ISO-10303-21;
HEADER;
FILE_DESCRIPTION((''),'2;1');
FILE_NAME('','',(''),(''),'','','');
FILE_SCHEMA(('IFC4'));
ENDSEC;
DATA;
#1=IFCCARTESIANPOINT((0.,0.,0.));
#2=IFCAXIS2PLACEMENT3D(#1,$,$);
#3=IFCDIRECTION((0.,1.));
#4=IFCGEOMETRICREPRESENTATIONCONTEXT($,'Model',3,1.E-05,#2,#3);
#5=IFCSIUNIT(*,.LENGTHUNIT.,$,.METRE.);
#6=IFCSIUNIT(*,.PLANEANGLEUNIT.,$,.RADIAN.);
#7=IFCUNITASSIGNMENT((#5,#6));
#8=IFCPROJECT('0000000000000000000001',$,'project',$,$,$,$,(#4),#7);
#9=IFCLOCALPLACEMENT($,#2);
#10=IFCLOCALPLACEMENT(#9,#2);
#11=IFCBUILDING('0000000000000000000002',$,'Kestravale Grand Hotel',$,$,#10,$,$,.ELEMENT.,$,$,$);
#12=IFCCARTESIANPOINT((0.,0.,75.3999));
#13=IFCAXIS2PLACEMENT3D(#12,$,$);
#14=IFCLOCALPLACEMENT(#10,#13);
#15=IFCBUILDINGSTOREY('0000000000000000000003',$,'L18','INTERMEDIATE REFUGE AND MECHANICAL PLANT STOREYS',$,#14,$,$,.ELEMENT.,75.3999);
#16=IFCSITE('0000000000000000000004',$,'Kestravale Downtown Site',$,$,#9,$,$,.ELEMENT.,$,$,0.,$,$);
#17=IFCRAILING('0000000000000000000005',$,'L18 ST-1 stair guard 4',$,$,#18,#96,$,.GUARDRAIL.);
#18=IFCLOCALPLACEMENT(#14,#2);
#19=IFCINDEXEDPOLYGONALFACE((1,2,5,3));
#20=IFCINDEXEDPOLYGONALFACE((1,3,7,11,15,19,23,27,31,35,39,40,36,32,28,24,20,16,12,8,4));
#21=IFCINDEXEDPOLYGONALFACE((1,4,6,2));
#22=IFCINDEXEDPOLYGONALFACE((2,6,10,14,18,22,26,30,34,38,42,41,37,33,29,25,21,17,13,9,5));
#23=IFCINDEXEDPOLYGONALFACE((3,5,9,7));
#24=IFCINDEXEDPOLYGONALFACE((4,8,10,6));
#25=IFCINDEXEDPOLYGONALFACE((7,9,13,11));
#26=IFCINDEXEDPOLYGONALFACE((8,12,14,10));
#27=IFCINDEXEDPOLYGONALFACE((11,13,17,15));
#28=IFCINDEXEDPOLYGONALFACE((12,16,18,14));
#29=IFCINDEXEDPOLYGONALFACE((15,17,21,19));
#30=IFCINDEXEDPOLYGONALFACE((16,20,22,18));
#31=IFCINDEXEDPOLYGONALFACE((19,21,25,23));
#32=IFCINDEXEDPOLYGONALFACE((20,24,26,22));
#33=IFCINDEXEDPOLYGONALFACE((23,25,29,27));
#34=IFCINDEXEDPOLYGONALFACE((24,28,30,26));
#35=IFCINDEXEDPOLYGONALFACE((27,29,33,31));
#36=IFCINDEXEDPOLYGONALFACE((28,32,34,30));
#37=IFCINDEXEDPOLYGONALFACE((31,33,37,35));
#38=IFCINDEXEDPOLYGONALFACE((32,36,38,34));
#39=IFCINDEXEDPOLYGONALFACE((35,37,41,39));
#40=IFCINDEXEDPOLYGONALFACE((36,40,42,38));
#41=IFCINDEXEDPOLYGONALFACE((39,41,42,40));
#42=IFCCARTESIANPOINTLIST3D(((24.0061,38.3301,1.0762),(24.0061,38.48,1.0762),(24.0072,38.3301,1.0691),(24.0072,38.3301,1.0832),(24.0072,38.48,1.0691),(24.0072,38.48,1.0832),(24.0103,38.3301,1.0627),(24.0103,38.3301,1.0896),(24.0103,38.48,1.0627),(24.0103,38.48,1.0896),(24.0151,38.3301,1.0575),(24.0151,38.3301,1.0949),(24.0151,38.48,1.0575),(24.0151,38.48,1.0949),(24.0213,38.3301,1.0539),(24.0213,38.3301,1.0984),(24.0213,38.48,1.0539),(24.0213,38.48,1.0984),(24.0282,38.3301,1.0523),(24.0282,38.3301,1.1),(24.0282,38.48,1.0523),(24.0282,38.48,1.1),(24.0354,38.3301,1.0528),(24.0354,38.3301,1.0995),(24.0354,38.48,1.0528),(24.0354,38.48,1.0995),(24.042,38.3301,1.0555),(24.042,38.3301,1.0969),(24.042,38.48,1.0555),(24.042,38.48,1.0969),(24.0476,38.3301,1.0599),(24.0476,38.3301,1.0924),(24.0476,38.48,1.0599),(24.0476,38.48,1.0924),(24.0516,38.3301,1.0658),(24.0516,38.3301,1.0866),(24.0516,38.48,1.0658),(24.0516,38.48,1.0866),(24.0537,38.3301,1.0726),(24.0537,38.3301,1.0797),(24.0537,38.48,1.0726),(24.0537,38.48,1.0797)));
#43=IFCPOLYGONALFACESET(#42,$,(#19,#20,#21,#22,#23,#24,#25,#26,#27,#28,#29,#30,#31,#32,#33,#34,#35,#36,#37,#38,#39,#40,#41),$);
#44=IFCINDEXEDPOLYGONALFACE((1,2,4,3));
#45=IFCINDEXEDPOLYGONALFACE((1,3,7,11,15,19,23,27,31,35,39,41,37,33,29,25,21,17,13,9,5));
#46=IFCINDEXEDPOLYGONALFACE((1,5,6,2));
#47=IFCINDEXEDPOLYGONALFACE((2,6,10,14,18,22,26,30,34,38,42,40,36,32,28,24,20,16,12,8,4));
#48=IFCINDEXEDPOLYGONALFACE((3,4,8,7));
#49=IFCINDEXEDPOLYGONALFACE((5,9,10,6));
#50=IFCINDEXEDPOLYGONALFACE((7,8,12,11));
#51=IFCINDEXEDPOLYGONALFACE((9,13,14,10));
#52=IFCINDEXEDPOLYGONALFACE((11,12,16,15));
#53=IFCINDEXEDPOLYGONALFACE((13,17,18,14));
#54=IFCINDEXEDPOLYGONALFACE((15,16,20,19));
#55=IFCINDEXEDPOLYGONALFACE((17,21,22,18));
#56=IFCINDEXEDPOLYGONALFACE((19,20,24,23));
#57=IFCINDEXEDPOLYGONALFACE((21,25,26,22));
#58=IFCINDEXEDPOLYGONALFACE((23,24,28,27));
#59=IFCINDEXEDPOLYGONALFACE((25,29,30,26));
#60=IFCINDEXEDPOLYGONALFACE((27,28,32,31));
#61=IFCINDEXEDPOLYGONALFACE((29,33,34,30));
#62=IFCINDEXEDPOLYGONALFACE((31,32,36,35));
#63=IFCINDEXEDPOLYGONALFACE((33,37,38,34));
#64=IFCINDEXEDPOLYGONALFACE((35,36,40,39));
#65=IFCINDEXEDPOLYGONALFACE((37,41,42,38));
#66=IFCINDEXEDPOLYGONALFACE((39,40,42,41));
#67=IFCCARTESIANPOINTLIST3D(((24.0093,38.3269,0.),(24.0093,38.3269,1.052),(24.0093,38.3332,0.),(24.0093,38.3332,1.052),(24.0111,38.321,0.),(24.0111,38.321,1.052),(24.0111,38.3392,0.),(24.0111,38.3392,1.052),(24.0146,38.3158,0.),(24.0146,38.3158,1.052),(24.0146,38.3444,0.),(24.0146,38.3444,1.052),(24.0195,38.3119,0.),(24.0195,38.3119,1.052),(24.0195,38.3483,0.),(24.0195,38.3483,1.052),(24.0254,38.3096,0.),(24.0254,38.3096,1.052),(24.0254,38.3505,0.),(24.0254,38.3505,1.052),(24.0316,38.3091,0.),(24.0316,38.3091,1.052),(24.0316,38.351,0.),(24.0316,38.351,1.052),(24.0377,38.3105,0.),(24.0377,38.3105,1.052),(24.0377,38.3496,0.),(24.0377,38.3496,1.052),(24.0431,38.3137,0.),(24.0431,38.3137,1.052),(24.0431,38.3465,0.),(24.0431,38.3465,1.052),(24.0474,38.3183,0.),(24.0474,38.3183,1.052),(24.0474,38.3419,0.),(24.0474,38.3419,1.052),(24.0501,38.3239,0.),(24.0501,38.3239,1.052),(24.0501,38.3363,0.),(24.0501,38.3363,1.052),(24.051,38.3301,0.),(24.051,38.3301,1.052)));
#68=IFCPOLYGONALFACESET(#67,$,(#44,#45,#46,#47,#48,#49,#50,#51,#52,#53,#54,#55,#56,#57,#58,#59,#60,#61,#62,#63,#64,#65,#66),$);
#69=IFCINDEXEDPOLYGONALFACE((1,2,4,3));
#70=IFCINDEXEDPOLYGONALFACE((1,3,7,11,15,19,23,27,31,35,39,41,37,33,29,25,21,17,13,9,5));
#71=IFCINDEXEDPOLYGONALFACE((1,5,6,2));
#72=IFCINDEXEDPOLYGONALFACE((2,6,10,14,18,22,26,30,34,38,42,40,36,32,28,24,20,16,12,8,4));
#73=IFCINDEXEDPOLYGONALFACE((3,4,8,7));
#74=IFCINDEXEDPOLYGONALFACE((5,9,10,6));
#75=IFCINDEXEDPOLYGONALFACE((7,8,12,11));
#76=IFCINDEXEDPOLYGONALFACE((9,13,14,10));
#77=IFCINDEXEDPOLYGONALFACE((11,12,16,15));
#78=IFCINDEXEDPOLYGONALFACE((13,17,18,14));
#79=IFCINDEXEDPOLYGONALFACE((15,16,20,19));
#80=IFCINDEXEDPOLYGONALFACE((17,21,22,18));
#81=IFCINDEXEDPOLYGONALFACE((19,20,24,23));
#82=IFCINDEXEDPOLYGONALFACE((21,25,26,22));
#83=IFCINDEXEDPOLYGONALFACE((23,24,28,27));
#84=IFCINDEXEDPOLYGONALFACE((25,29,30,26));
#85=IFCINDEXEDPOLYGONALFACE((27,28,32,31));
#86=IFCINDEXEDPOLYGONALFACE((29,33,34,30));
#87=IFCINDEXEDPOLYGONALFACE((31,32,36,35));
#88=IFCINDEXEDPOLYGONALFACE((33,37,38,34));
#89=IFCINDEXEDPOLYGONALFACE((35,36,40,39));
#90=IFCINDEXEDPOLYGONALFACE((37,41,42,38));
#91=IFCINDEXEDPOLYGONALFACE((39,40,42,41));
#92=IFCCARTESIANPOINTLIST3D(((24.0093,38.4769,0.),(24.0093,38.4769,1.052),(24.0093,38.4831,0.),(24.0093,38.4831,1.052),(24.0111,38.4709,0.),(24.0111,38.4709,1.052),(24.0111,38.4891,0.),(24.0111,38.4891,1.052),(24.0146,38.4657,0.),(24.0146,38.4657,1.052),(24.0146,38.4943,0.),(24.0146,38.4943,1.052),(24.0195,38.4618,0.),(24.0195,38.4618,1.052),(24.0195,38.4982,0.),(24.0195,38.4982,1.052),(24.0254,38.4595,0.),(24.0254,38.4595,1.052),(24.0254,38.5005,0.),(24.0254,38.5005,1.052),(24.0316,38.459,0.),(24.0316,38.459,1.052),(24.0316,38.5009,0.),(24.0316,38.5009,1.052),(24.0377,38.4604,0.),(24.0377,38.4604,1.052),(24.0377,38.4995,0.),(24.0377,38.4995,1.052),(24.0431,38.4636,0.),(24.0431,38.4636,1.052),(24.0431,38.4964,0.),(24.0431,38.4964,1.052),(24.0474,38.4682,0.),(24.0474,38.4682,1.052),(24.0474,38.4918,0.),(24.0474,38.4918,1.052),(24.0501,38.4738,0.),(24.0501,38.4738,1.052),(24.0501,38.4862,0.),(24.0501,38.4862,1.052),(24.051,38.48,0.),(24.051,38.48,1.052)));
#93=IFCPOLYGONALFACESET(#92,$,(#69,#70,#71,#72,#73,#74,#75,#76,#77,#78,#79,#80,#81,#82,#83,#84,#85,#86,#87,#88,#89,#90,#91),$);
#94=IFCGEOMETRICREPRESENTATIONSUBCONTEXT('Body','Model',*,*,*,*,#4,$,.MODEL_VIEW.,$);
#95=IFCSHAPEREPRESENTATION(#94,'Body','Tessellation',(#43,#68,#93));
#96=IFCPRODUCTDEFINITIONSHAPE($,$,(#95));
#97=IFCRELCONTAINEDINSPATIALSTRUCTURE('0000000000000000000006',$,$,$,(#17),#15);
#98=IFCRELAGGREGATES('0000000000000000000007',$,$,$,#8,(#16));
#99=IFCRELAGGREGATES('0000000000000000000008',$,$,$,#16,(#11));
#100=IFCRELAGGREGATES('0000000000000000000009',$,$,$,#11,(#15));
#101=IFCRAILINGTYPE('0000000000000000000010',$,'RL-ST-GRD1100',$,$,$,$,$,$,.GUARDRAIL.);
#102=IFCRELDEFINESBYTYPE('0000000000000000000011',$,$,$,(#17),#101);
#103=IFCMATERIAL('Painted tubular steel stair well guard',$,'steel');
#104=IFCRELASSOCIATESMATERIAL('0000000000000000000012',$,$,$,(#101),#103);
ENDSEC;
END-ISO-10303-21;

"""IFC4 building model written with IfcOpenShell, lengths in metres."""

from ifc_helpers import new_model, si_unit, direction, frame, origin, origin_2d, place, context, subcontext, project, spatial, circle, extrude, material, type_object, element, save


model = new_model("IFC4")

# Units and contexts
model_context = context("Model", 3, precision=1e-05, world=origin(), true_north=direction((0.0, 1.0)))
body_context = subcontext(model_context, "Body", "Model", "MODEL_VIEW")
ifc_project = project(units=[si_unit("LENGTHUNIT", "METRE"), si_unit("PLANEANGLEUNIT", "RADIAN")], contexts=[model_context])

# Site, building, storey
site_placement = place(None, origin())
site = spatial("IfcSite", under=ifc_project, at=site_placement, Name="Kestravale Downtown Site", CompositionType="ELEMENT", RefElevation=0.0)
building_placement = place(site_placement, origin())
building = spatial("IfcBuilding", under=site, at=building_placement, Name="Kestravale Grand Hotel", CompositionType="ELEMENT")
storey_placement = place(building_placement, frame((0.0, 0.0, 75.3999)))
storey = spatial("IfcBuildingStorey", under=building, at=storey_placement, Name="L18", Description="INTERMEDIATE REFUGE AND MECHANICAL PLANT STOREYS", CompositionType="ELEMENT", Elevation=75.3999)

# Railing
ifc_material_1 = material(Name="Painted tubular steel stair well guard", Category="steel")
railing_type_1 = type_object("IfcRailingType", Name="RL-ST-GRD1100", PredefinedType="GUARDRAIL", material=ifc_material_1)
railing_1_placement = place(storey_placement, frame((24.03, 38.3301, 0.0)))
element("IfcRailing", 1, at=railing_1_placement, inside=storey, type_object=railing_type_1, Name="L18 ST-1 stair guard 4", PredefinedType="GUARDRAIL", context=body_context, shape_type="SweptSolid", body=[
    extrude(circle(Radius=0.0239, at=origin_2d()), frame((0.0, 0.0, 1.0762), z_axis=(0.0, 1.0, 0.0), x_axis=(-1.0, 0.0, 0.0)), (0.0, 0.0, 1.0), 0.1499),
    extrude(circle(Radius=0.021, at=origin_2d()), origin(), (0.0, 0.0, 1.0), 1.052),
    extrude(circle(Radius=0.021, at=origin_2d()), frame((0.0, 0.1499, 0.0)), (0.0, 0.0, 1.0), 1.052),
])

save(model, "model.ifc")
